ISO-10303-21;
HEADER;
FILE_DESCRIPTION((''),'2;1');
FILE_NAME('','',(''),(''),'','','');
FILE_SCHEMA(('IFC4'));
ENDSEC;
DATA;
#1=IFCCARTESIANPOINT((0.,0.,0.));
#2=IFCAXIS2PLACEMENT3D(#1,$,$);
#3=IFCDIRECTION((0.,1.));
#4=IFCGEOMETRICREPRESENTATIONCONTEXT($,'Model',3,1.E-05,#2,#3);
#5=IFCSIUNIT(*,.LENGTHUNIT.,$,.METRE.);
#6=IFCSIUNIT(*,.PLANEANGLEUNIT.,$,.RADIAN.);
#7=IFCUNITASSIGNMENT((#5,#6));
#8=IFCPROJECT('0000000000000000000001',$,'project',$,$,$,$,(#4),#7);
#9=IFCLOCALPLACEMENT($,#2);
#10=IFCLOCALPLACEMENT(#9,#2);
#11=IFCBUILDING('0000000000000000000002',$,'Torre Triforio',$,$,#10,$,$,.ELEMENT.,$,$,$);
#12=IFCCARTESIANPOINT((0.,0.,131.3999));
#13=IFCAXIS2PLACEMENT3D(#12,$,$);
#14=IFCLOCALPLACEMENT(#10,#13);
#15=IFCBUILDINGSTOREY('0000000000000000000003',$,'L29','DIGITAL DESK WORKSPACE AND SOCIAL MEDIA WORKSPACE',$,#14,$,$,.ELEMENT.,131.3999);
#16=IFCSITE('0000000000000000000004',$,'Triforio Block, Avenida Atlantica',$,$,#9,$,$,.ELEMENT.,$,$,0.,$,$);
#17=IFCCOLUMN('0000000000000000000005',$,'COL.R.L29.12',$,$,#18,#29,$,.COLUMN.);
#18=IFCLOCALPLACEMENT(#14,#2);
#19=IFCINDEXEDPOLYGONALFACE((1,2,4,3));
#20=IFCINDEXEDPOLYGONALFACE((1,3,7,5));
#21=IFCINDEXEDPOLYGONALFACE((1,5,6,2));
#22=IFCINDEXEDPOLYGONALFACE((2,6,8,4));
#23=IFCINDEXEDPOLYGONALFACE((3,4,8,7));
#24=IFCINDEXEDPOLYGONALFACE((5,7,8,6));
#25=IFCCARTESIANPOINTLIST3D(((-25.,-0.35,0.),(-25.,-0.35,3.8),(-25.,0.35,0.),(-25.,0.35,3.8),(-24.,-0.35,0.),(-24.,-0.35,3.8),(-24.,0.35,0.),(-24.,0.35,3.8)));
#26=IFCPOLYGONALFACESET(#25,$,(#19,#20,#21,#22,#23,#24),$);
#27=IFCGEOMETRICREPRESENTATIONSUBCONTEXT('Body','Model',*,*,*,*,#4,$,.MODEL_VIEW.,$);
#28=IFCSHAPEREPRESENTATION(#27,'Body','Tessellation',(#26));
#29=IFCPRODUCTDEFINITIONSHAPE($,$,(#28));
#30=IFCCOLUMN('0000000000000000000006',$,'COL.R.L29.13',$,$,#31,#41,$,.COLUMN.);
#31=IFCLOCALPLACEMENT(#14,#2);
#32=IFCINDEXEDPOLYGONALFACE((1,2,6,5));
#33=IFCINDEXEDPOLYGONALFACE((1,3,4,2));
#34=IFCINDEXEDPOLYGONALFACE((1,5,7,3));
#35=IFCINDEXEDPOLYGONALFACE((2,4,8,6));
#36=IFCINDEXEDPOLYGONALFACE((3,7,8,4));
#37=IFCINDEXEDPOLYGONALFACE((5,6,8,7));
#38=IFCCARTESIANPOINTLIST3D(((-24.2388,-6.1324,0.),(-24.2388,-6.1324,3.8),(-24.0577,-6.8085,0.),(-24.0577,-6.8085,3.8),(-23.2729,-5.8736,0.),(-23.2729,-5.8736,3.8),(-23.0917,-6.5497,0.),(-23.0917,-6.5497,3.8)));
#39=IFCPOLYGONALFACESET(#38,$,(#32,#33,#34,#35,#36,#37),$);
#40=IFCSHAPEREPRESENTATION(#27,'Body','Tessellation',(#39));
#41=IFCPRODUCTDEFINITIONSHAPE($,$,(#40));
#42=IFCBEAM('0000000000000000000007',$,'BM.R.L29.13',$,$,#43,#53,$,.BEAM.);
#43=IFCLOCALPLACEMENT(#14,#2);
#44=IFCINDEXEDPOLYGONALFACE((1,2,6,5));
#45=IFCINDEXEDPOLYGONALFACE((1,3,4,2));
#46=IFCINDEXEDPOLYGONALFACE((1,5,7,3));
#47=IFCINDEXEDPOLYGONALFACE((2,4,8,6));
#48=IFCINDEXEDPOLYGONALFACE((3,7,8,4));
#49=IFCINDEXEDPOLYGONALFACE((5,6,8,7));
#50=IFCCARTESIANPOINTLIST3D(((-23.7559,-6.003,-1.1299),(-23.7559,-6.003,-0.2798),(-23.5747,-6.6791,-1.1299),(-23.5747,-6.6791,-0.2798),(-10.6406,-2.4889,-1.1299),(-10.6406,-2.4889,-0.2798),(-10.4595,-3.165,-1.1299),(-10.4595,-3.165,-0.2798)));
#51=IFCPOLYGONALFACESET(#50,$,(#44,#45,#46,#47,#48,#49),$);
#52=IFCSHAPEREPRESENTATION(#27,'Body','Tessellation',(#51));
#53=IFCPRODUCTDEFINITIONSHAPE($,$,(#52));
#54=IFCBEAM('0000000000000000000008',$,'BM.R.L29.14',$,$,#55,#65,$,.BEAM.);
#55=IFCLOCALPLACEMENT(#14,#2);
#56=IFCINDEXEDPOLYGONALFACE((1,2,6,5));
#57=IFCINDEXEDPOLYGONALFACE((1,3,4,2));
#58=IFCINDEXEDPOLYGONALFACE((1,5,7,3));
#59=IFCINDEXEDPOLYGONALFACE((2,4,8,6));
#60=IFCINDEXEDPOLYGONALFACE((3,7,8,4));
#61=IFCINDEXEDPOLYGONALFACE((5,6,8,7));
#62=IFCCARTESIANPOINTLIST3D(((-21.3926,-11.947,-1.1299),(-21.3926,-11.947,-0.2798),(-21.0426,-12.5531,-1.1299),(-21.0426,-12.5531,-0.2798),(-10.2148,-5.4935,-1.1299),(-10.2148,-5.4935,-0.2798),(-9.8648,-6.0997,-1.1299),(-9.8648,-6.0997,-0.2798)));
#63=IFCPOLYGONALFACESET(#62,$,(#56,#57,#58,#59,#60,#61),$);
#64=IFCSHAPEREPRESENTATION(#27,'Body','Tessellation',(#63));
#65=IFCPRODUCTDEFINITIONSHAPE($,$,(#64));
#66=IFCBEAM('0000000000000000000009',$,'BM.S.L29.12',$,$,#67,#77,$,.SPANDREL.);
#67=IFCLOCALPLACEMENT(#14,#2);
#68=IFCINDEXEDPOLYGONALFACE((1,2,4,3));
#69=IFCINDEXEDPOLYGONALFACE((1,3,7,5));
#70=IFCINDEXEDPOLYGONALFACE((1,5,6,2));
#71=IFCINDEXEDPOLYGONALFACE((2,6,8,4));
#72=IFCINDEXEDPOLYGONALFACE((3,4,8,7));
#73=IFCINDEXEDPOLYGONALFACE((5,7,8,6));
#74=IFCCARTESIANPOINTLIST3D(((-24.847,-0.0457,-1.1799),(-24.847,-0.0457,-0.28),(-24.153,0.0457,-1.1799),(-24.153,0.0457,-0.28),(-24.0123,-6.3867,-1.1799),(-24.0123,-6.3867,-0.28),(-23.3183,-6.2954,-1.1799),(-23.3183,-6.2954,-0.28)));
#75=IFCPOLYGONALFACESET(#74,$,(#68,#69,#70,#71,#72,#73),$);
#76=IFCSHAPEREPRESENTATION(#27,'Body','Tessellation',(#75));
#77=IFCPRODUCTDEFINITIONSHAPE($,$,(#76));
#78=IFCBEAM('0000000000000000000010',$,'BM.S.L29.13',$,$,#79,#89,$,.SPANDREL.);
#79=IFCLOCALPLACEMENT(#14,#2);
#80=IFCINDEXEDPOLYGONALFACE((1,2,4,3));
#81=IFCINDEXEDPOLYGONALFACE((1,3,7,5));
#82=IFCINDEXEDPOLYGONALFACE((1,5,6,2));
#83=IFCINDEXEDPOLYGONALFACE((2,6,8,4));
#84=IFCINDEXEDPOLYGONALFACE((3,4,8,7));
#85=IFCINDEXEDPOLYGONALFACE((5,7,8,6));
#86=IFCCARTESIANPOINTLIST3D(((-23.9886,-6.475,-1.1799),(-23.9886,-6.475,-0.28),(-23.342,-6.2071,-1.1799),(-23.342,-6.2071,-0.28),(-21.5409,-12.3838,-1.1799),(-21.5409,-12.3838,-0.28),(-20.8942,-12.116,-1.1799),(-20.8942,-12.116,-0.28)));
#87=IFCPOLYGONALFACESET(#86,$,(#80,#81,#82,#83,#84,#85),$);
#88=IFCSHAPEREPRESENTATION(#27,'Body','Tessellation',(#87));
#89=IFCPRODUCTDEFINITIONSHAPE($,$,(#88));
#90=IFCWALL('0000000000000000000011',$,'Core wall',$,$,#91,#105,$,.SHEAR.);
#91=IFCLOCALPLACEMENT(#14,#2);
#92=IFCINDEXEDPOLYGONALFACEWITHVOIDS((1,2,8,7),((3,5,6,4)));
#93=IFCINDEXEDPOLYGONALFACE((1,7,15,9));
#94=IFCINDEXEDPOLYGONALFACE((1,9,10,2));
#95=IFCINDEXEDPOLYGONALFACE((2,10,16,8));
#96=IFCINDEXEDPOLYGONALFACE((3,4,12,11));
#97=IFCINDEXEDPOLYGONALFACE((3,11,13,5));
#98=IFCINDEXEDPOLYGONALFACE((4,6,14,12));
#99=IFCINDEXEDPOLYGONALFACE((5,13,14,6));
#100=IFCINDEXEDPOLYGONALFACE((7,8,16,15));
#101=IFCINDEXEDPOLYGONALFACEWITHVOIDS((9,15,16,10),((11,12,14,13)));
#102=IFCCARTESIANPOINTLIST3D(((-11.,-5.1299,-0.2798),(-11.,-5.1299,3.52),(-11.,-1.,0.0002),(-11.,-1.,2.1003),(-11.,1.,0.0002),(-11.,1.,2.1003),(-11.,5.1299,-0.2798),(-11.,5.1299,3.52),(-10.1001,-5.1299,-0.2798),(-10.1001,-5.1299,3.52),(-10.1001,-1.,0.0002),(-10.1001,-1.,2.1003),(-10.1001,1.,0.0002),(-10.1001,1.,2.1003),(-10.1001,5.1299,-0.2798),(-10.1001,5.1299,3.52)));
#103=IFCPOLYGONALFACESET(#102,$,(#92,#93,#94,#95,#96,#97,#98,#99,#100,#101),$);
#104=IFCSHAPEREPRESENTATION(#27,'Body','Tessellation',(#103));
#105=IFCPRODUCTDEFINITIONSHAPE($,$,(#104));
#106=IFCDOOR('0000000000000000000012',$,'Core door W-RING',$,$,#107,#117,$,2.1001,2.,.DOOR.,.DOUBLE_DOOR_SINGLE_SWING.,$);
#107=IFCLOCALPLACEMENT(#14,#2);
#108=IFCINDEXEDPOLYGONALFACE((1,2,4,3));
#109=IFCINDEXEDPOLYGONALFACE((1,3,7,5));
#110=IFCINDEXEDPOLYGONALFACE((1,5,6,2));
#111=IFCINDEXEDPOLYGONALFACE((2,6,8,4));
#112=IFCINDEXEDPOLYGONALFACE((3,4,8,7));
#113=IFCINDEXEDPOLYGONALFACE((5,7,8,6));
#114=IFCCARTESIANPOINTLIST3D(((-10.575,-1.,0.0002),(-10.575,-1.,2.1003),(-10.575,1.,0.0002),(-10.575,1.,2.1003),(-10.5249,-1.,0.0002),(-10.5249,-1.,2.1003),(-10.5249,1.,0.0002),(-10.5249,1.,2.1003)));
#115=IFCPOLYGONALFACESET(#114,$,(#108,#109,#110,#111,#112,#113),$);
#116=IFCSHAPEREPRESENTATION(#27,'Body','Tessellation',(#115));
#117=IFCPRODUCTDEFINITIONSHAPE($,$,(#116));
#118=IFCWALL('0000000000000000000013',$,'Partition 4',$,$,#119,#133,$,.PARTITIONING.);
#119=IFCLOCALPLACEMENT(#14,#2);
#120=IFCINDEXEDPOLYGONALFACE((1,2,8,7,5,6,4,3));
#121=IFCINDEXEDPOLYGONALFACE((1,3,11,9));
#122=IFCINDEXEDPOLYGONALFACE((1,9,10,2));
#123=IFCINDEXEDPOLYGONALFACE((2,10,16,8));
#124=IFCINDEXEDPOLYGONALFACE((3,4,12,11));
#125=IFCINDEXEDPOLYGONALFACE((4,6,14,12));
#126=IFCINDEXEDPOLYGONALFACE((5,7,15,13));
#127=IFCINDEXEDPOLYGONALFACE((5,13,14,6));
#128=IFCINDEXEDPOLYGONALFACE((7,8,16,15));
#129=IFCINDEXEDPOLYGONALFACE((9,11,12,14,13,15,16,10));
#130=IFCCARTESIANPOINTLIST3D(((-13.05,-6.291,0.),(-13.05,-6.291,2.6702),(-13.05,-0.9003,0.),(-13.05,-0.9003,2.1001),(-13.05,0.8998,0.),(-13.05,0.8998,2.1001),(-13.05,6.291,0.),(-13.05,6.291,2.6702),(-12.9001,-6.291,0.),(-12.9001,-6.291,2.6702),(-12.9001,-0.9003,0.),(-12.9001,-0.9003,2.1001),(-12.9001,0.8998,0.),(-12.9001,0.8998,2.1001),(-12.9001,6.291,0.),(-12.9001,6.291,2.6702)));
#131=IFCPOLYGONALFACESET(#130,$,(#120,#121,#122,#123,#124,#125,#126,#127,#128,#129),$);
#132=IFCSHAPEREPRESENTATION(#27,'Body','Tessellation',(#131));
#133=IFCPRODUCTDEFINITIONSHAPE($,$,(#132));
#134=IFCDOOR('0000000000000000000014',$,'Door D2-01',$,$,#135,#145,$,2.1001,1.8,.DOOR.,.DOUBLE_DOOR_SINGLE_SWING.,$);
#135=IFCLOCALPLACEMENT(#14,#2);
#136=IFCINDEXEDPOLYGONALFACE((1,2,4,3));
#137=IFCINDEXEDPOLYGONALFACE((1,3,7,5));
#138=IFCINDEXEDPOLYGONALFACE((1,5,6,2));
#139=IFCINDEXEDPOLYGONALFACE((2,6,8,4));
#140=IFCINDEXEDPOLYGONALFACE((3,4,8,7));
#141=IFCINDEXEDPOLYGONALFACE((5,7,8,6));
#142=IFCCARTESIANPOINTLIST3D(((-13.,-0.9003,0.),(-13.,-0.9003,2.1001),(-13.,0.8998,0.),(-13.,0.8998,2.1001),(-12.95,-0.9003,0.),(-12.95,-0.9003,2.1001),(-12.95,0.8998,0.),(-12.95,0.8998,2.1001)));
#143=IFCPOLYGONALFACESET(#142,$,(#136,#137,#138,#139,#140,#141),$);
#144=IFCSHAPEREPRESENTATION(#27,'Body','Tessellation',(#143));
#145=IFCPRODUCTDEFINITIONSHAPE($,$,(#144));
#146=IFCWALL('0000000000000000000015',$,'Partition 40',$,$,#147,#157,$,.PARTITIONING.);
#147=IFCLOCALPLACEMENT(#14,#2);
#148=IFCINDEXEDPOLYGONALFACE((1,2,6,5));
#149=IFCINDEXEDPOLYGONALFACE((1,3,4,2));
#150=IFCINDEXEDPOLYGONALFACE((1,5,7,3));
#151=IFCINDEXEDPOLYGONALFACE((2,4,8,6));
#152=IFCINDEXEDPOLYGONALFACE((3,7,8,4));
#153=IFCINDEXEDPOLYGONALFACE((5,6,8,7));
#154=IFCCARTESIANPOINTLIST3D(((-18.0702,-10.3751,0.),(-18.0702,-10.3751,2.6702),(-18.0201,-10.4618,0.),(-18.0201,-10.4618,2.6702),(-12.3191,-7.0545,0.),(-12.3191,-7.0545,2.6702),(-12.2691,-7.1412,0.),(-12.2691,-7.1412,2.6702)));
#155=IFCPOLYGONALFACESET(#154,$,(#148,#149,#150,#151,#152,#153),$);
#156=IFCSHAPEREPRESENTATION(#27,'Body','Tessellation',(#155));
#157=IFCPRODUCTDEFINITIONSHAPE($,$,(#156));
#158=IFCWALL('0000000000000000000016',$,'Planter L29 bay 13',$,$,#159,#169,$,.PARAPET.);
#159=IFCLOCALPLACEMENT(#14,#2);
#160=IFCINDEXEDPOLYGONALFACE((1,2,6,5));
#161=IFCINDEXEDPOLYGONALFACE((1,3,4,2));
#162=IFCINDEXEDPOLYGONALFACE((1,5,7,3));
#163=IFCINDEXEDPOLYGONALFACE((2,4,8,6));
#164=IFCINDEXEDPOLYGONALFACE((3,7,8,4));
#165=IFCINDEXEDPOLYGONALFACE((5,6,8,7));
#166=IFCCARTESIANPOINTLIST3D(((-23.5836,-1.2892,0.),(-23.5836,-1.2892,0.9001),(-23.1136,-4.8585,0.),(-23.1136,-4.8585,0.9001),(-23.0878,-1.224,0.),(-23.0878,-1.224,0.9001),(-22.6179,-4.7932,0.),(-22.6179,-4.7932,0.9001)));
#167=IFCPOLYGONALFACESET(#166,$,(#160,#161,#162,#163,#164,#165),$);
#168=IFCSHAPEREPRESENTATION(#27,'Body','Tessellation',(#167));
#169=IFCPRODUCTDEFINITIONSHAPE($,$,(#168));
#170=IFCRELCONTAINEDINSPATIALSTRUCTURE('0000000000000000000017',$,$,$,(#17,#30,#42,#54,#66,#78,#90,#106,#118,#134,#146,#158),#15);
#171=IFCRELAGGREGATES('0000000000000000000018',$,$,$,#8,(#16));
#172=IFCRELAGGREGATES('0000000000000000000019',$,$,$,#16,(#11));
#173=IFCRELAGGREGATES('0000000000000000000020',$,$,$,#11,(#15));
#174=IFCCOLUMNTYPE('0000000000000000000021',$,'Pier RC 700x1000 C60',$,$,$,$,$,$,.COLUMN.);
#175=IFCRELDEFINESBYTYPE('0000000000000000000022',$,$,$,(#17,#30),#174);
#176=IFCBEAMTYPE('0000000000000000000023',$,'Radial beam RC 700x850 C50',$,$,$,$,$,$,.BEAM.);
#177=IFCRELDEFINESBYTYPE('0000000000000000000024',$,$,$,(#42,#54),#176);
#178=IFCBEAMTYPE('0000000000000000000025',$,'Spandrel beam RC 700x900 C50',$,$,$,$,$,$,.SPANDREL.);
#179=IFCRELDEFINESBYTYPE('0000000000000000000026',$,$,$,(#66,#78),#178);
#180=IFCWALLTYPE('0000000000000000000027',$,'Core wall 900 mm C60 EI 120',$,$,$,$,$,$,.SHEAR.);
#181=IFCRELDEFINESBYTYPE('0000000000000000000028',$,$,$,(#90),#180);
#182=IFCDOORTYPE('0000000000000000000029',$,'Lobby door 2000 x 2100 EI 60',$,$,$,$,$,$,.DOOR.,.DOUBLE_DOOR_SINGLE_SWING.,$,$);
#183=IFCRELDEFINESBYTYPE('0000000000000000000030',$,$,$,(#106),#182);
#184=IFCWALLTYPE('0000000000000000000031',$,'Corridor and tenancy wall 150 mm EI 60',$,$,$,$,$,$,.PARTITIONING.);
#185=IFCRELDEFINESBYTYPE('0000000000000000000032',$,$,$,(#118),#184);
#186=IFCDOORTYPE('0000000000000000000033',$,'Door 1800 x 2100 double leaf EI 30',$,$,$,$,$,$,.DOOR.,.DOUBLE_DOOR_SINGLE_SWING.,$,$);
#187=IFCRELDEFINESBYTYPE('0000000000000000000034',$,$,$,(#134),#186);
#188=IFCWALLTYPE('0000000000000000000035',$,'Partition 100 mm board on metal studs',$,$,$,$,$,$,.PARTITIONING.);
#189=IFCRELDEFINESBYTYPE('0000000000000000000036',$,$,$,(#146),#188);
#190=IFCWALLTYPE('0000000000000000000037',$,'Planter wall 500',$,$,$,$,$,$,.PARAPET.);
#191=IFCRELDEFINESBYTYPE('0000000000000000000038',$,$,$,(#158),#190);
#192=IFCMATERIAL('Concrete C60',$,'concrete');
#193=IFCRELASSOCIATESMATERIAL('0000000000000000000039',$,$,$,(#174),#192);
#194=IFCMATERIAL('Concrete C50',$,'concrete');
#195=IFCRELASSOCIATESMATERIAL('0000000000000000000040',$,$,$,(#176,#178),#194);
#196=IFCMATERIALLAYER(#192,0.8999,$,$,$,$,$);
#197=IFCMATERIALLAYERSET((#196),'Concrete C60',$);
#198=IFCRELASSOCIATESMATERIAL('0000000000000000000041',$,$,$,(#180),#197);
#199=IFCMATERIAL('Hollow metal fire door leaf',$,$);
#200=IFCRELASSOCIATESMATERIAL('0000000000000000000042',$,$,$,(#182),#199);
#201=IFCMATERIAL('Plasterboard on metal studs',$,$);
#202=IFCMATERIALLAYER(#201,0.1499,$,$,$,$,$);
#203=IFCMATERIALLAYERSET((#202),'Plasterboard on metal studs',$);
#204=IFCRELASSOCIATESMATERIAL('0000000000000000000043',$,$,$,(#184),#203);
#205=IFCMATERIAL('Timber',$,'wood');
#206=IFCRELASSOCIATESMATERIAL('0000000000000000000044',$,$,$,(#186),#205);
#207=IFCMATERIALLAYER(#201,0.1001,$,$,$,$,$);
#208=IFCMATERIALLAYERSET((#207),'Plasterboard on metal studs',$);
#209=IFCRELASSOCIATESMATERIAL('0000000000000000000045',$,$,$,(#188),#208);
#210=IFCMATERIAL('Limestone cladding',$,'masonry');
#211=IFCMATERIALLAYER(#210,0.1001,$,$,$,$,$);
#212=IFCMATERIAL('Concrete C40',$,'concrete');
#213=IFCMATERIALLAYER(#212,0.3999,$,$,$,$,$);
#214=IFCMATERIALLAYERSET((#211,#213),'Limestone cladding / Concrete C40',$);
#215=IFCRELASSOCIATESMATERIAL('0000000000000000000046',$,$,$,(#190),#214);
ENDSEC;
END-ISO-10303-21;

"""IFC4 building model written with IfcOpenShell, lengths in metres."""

from ifc_helpers import new_model, si_unit, direction, frame, frame_2d, origin, origin_2d, place, context, subcontext, project, spatial, rectangle, extrude, material, layer, layer_set, material_profile, profile_set, type_object, element, fill, save


model = new_model("IFC4")

# Units and contexts
model_context = context("Model", 3, precision=1e-05, world=origin(), true_north=direction((0.0, 1.0)))
body_context = subcontext(model_context, "Body", "Model", "MODEL_VIEW")
ifc_project = project(units=[si_unit("LENGTHUNIT", "METRE"), si_unit("PLANEANGLEUNIT", "RADIAN")], contexts=[model_context])

# Site, building, storey
site_placement = place(None, origin())
site = spatial("IfcSite", under=ifc_project, at=site_placement, Name="Triforio Block, Avenida Atlantica", CompositionType="ELEMENT", RefElevation=0.0)
building_placement = place(site_placement, origin())
building = spatial("IfcBuilding", under=site, at=building_placement, Name="Torre Triforio", CompositionType="ELEMENT")
storey_placement = place(building_placement, frame((0.0, 0.0, 131.3999)))
storey = spatial("IfcBuildingStorey", under=building, at=storey_placement, Name="L29", Description="DIGITAL DESK WORKSPACE AND SOCIAL MEDIA WORKSPACE", CompositionType="ELEMENT", Elevation=131.3999)

# Columns
ifc_material_1 = material(Name="Concrete C60", Category="concrete")
ifc_material_profile_1 = material_profile(ifc_material_1, rectangle(XDim=0.7, YDim=1.0, at=origin_2d()), Name="RC 700x1000")
ifc_profile_set_1 = profile_set([ifc_material_profile_1], Name="Concrete C60")
column_type = type_object("IfcColumnType", Name="Pier RC 700x1000 C60", PredefinedType="COLUMN", material=ifc_profile_set_1)
for number, where, z_axis, x_axis, name in (
    (1, (-24.5, 0.0, 0.0), (0.0, 0.0, 1.0), (0.0, -1.0, 0.0), "COL.R.L29.12"),
    (2, (-23.6653, -6.3411, 0.0), (0.0, 0.0, 1.0), (0.258819, -0.965926, 0.0), "COL.R.L29.13"),
):
    element("IfcColumn", number, at=place(storey_placement, frame(where, z_axis=z_axis, x_axis=x_axis)), inside=storey, type_object=column_type, Name=name, PredefinedType="COLUMN", context=body_context, shape_type="SweptSolid", body=[
        extrude(rectangle(XDim=0.7, YDim=1.0, at=origin_2d()), origin(), (0.0, 0.0, 1.0), 3.8),
    ])

# Beams
ifc_material_2 = material(Name="Concrete C50", Category="concrete")
ifc_material_profile_2 = material_profile(ifc_material_2, rectangle(XDim=0.7, YDim=0.8501, at=origin_2d()), Name="RC 700x850")
ifc_profile_set_2 = profile_set([ifc_material_profile_2], Name="Concrete C50")
beam_type_1 = type_object("IfcBeamType", Name="Radial beam RC 700x850 C50", PredefinedType="BEAM", material=ifc_profile_set_2)
beam_1_placement = place(storey_placement, frame((-10.55, -2.8269, -0.7048), z_axis=(-0.965927, -0.258815, 0.0), x_axis=(0.258815, -0.965927, 0.0)))
element("IfcBeam", 3, at=beam_1_placement, inside=storey, type_object=beam_type_1, Name="BM.R.L29.13", PredefinedType="BEAM", context=body_context, shape_type="SweptSolid", body=[
    extrude(rectangle(XDim=0.7, YDim=0.8501, at=origin_2d()), origin(), (0.0, 0.0, 1.0), 13.5779),
])
beam_2_placement = place(storey_placement, frame((-10.0398, -5.7966, -0.7048), z_axis=(-0.866029, -0.499994, 0.0), x_axis=(0.499994, -0.866029, 0.0)))
element("IfcBeam", 4, at=beam_2_placement, inside=storey, type_object=beam_type_1, Name="BM.R.L29.14", PredefinedType="BEAM", context=body_context, shape_type="SweptSolid", body=[
    extrude(rectangle(XDim=0.7, YDim=0.8501, at=origin_2d()), origin(), (0.0, 0.0, 1.0), 12.907),
])
ifc_material_profile_3 = material_profile(ifc_material_2, rectangle(XDim=0.7, YDim=0.8999, at=origin_2d()), Name="RC 700x900")
ifc_profile_set_3 = profile_set([ifc_material_profile_3], Name="Concrete C50")
beam_type_2 = type_object("IfcBeamType", Name="Spandrel beam RC 700x900 C50", PredefinedType="SPANDREL", material=ifc_profile_set_3)
for number, where, z_axis, x_axis, name in (
    (5, (-24.5, 0.0, -0.73), (0.130511, -0.991447, 0.0), (0.991447, 0.130511, 0.0), "BM.S.L29.12"),
    (6, (-23.6653, -6.3411, -0.73), (0.382709, -0.923869, 0.0), (0.923869, 0.382709, 0.0), "BM.S.L29.13"),
):
    element("IfcBeam", number, at=place(storey_placement, frame(where, z_axis=z_axis, x_axis=x_axis)), inside=storey, type_object=beam_type_2, Name=name, PredefinedType="SPANDREL", context=body_context, shape_type="SweptSolid", body=[
        extrude(rectangle(XDim=0.7, YDim=0.8999, at=origin_2d()), origin(), (0.0, 0.0, 1.0), 6.3958),
    ])

# Walls, openings, doors
ifc_layer_1 = layer(ifc_material_1, 0.8999)
ifc_layer_set_1 = layer_set([ifc_layer_1], Name="Concrete C60")
wall_type_1 = type_object("IfcWallType", Name="Core wall 900 mm C60 EI 120", PredefinedType="SHEAR", material=ifc_layer_set_1)
wall_1_placement = place(storey_placement, frame((-10.55, -5.1299, -0.2798), z_axis=(0.0, 0.0, 1.0), x_axis=(0.0, 1.0, 0.0)))
wall_1 = element("IfcWall", 7, at=wall_1_placement, inside=storey, type_object=wall_type_1, Name="Core wall", PredefinedType="SHEAR", context=body_context, shape_type="SweptSolid", body=[
    extrude(rectangle(XDim=10.2598, YDim=0.8999, at=frame_2d((5.1299, 0.0))), origin(), (0.0, 0.0, 1.0), 3.7998),
])
opening_1_placement = place(wall_1_placement, frame((4.1299, 0.0, 0.28)))
opening_1 = element("IfcOpeningElement", 8, at=opening_1_placement, cuts=wall_1, PredefinedType="OPENING", context=body_context, shape_type="SweptSolid", body=[
    extrude(rectangle(XDim=2.0, YDim=2.1001, at=frame_2d((1.0, 1.05))), frame((0.0, 0.46, 0.0), z_axis=(0.0, -1.0, 0.0), x_axis=(1.0, 0.0, 0.0)), (0.0, 0.0, 1.0), 0.9199),
])
ifc_material_3 = material(Name="Hollow metal fire door leaf")
door_type_1 = type_object("IfcDoorType", Name="Lobby door 2000 x 2100 EI 60", OperationType="DOUBLE_DOOR_SINGLE_SWING", PredefinedType="DOOR", material=ifc_material_3)
door_1_placement = place(opening_1_placement, origin())
door_1 = element("IfcDoor", 9, at=door_1_placement, inside=storey, type_object=door_type_1, Name="Core door W-RING", OperationType="DOUBLE_DOOR_SINGLE_SWING", OverallHeight=2.1001, OverallWidth=2.0, PredefinedType="DOOR", context=body_context, shape_type="SweptSolid", body=[
    extrude(rectangle(XDim=2.0, YDim=2.1001, at=frame_2d((1.0, 1.05))), frame((0.0, 0.0249, 0.0), z_axis=(0.0, -1.0, 0.0), x_axis=(1.0, 0.0, 0.0)), (0.0, 0.0, 1.0), 0.05),
])
fill(opening_1, door_1)
ifc_material_4 = material(Name="Plasterboard on metal studs")
ifc_layer_2 = layer(ifc_material_4, 0.1499)
ifc_layer_set_2 = layer_set([ifc_layer_2], Name="Plasterboard on metal studs")
wall_type_2 = type_object("IfcWallType", Name="Corridor and tenancy wall 150 mm EI 60", PredefinedType="PARTITIONING", material=ifc_layer_set_2)
wall_2_placement = place(storey_placement, frame((-12.9751, -6.291, 0.0), z_axis=(0.0, 0.0, 1.0), x_axis=(0.0, 1.0, 0.0)))
wall_2 = element("IfcWall", 10, at=wall_2_placement, inside=storey, type_object=wall_type_2, Name="Partition 4", PredefinedType="PARTITIONING", context=body_context, shape_type="SweptSolid", body=[
    extrude(rectangle(XDim=12.582, YDim=0.1499, at=frame_2d((6.291, 0.0))), origin(), (0.0, 0.0, 1.0), 2.6702),
])
opening_2_placement = place(wall_2_placement, frame((5.3909, 0.0, 0.0)))
opening_2 = element("IfcOpeningElement", 11, at=opening_2_placement, cuts=wall_2, PredefinedType="OPENING", context=body_context, shape_type="SweptSolid", body=[
    extrude(rectangle(XDim=1.8, YDim=2.1001, at=frame_2d((0.8999, 1.05))), frame((0.0, 0.085, 0.0), z_axis=(0.0, -1.0, 0.0), x_axis=(1.0, 0.0, 0.0)), (0.0, 0.0, 1.0), 0.1699),
])
ifc_material_5 = material(Name="Timber", Category="wood")
door_type_2 = type_object("IfcDoorType", Name="Door 1800 x 2100 double leaf EI 30", OperationType="DOUBLE_DOOR_SINGLE_SWING", PredefinedType="DOOR", material=ifc_material_5)
door_2_placement = place(opening_2_placement, origin())
door_2 = element("IfcDoor", 12, at=door_2_placement, inside=storey, type_object=door_type_2, Name="Door D2-01", OperationType="DOUBLE_DOOR_SINGLE_SWING", OverallHeight=2.1001, OverallWidth=1.8, PredefinedType="DOOR", context=body_context, shape_type="SweptSolid", body=[
    extrude(rectangle(XDim=1.8, YDim=2.1001, at=frame_2d((0.8999, 1.05))), frame((0.0, 0.0249, 0.0), z_axis=(0.0, -1.0, 0.0), x_axis=(1.0, 0.0, 0.0)), (0.0, 0.0, 1.0), 0.05),
])
fill(opening_2, door_2)

# Walls
ifc_layer_3 = layer(ifc_material_4, 0.1001)
ifc_layer_set_3 = layer_set([ifc_layer_3], Name="Plasterboard on metal studs")
wall_type_3 = type_object("IfcWallType", Name="Partition 100 mm board on metal studs", PredefinedType="PARTITIONING", material=ifc_layer_set_3)
wall_3_placement = place(storey_placement, frame((-12.2942, -7.0979, 0.0), z_axis=(0.0, 0.0, 1.0), x_axis=(-0.86601, -0.500026, 0.0)))
element("IfcWall", 13, at=wall_3_placement, inside=storey, type_object=wall_type_3, Name="Partition 40", PredefinedType="PARTITIONING", context=body_context, shape_type="SweptSolid", body=[
    extrude(rectangle(XDim=6.6409, YDim=0.1001, at=frame_2d((3.3203, 0.0))), origin(), (0.0, 0.0, 1.0), 2.6702),
])
ifc_material_6 = material(Name="Limestone cladding", Category="masonry")
ifc_layer_4 = layer(ifc_material_6, 0.1001)
ifc_material_7 = material(Name="Concrete C40", Category="concrete")
ifc_layer_5 = layer(ifc_material_7, 0.3999)
ifc_layer_set_4 = layer_set([ifc_layer_4, ifc_layer_5], Name="Limestone cladding / Concrete C40")
wall_type_4 = type_object("IfcWallType", Name="Planter wall 500", PredefinedType="PARAPET", material=ifc_layer_set_4)
wall_4_placement = place(storey_placement, frame((-23.3357, -1.2566, 0.0), z_axis=(0.0, 0.0, 1.0), x_axis=(0.130542, -0.991443, 0.0)))
element("IfcWall", 14, at=wall_4_placement, inside=storey, type_object=wall_type_4, Name="Planter L29 bay 13", PredefinedType="PARAPET", context=body_context, shape_type="SweptSolid", body=[
    extrude(rectangle(XDim=3.6001, YDim=0.5, at=frame_2d((1.8, 0.0))), origin(), (0.0, 0.0, 1.0), 0.9001),
])

save(model, "model.ifc")
